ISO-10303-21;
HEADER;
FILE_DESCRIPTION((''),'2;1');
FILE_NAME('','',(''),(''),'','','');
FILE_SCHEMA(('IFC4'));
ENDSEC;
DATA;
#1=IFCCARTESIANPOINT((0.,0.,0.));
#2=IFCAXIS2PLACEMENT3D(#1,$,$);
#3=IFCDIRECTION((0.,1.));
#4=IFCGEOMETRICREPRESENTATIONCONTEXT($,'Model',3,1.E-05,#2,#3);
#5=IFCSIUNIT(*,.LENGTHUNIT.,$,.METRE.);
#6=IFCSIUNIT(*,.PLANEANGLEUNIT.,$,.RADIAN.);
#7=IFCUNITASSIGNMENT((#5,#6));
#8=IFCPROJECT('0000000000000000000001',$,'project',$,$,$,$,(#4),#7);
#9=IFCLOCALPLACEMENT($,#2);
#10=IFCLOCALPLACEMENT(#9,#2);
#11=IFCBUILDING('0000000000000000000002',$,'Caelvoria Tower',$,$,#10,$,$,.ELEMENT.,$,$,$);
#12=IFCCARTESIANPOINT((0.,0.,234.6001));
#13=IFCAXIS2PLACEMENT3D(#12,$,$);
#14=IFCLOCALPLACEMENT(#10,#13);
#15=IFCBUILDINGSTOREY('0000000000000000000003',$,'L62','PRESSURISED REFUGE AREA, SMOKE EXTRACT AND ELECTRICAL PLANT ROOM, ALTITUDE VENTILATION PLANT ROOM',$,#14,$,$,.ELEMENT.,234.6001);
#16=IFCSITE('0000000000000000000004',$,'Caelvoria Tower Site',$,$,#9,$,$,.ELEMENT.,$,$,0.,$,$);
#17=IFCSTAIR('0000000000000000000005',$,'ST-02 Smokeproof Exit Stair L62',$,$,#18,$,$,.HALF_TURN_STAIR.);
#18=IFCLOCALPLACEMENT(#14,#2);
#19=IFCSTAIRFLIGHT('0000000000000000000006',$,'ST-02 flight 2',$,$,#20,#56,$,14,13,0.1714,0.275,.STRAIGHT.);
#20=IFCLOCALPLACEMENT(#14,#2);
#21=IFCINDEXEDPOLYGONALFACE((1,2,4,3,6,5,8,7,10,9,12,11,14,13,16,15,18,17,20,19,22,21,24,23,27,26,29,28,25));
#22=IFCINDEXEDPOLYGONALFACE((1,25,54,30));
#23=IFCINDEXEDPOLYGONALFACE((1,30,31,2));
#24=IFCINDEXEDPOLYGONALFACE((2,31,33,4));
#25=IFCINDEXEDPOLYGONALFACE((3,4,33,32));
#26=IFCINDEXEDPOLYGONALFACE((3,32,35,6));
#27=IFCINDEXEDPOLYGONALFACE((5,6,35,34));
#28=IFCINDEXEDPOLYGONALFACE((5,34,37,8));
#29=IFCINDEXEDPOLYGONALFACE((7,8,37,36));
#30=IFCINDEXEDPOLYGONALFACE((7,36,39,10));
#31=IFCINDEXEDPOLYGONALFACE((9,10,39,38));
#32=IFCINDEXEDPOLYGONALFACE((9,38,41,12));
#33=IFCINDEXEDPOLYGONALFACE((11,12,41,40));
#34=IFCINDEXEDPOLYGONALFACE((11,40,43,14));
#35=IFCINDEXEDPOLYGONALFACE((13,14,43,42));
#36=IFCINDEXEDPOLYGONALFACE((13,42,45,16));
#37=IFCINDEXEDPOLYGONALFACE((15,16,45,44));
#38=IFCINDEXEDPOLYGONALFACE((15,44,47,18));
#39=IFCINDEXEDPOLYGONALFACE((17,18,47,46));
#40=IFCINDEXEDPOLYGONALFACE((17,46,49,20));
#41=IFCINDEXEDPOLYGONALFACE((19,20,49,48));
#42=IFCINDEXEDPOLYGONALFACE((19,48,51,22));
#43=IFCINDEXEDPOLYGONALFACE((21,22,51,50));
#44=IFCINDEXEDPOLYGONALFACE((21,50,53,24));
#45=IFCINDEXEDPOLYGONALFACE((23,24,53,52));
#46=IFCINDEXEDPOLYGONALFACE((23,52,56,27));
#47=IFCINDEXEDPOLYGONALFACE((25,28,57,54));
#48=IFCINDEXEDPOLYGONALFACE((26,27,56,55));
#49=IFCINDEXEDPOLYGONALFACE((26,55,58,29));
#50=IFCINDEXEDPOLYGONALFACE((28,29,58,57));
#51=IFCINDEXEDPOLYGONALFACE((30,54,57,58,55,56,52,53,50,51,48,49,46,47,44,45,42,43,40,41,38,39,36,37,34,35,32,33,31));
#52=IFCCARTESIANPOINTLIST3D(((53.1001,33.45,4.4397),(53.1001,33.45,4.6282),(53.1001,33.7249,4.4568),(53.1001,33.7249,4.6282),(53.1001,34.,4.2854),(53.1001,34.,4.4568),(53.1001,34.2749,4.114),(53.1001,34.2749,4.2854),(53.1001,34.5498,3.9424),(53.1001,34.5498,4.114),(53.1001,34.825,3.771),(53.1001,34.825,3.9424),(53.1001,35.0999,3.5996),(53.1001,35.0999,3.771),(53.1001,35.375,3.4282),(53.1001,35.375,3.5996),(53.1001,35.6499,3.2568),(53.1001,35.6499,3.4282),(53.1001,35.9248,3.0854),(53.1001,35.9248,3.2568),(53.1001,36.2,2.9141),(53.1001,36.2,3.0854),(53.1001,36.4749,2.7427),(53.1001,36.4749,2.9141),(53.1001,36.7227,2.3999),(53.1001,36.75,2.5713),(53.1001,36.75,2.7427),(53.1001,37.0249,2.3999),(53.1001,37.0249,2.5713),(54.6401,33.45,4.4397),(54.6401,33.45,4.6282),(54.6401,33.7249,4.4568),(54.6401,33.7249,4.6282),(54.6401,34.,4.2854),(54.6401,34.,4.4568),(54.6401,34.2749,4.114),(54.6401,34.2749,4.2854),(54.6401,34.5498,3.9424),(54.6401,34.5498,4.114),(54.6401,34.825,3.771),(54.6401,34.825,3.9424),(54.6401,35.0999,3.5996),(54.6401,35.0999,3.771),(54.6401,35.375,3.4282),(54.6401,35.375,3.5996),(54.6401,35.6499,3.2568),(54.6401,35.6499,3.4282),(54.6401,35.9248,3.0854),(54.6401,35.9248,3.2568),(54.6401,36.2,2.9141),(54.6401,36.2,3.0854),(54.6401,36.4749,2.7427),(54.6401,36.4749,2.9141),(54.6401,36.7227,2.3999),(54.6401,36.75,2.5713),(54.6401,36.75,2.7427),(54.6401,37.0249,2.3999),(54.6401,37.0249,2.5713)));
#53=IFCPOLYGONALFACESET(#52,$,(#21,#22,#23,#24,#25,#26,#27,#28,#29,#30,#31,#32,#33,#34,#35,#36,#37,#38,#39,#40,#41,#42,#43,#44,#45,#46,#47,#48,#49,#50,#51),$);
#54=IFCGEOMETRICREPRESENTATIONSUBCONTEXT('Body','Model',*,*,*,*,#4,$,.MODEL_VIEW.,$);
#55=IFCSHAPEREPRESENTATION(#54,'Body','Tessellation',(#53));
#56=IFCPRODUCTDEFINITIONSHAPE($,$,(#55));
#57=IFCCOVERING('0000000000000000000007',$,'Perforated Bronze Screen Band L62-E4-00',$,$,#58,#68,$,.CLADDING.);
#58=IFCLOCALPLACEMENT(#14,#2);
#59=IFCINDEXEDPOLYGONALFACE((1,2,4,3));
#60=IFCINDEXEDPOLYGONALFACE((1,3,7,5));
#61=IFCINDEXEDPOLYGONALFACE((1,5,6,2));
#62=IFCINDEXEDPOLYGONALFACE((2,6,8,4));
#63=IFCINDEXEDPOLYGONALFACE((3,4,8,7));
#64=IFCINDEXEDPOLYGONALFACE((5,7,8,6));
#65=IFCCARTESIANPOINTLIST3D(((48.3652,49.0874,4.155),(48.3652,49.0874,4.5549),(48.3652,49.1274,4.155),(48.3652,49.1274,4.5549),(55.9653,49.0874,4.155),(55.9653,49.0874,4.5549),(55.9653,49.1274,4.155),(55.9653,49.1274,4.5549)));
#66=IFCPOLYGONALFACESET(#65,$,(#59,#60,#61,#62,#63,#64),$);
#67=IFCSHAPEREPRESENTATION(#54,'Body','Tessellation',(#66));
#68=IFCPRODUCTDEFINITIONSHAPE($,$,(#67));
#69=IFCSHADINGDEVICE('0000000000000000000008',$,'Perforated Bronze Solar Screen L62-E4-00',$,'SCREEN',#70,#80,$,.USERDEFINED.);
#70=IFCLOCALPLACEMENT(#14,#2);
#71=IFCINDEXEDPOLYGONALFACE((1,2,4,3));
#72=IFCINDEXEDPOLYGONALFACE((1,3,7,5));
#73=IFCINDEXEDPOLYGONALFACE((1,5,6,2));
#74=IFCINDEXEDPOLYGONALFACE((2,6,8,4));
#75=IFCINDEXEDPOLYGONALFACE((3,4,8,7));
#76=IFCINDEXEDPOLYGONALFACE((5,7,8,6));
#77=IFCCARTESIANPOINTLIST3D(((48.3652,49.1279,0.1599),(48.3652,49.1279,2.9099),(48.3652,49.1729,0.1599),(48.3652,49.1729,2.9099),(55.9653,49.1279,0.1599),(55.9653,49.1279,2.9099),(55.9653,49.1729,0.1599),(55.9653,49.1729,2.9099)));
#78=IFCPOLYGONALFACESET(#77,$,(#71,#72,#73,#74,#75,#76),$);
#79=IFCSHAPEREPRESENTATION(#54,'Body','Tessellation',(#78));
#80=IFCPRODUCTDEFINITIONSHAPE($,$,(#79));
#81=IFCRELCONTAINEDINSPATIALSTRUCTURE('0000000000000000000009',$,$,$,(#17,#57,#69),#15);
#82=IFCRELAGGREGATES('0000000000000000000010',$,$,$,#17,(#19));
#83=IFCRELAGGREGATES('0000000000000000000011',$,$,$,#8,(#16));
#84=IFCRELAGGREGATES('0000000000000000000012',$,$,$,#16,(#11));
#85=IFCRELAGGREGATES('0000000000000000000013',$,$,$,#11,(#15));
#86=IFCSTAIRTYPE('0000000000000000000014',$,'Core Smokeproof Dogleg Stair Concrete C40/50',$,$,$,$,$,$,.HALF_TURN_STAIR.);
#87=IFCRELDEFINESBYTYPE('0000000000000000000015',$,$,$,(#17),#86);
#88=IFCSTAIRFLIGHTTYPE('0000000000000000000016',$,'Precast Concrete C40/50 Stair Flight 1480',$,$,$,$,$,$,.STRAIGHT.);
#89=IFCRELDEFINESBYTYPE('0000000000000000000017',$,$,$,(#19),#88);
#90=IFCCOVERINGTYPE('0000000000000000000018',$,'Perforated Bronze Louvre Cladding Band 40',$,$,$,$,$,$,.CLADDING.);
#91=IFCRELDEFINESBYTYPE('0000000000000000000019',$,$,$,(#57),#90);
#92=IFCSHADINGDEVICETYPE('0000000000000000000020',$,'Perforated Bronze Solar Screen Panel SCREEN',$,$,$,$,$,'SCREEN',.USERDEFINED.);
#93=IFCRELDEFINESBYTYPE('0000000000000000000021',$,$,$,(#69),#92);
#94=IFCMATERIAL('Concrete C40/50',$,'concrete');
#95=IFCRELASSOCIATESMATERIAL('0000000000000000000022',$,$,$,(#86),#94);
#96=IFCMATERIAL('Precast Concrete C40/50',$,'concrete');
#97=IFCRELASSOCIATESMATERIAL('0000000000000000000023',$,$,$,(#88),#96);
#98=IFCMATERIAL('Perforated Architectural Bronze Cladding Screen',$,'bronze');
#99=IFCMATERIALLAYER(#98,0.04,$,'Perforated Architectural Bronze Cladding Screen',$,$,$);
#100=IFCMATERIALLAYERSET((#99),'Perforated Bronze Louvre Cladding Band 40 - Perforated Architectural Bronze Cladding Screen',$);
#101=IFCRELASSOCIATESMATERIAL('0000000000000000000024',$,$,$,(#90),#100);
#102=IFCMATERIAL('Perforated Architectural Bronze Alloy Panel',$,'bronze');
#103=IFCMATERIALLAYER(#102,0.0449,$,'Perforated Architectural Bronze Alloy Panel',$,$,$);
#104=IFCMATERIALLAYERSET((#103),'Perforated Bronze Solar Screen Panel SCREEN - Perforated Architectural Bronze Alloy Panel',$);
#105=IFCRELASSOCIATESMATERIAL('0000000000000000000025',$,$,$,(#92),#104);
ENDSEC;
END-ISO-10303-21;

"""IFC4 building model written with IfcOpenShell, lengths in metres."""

from ifc_helpers import new_model, si_unit, direction, frame, origin, origin_2d, place, context, subcontext, project, spatial, polyline, rectangle, outline, extrude, material, layer, layer_set, type_object, element, aggregate, save


model = new_model("IFC4")

# Units and contexts
model_context = context("Model", 3, precision=1e-05, world=origin(), true_north=direction((0.0, 1.0)))
body_context = subcontext(model_context, "Body", "Model", "MODEL_VIEW")
ifc_project = project(units=[si_unit("LENGTHUNIT", "METRE"), si_unit("PLANEANGLEUNIT", "RADIAN")], contexts=[model_context])

# Site, building, storey
site_placement = place(None, origin())
site = spatial("IfcSite", under=ifc_project, at=site_placement, Name="Caelvoria Tower Site", CompositionType="ELEMENT", RefElevation=0.0)
building_placement = place(site_placement, origin())
building = spatial("IfcBuilding", under=site, at=building_placement, Name="Caelvoria Tower", CompositionType="ELEMENT")
storey_placement = place(building_placement, frame((0.0, 0.0, 234.6001)))
storey = spatial("IfcBuildingStorey", under=building, at=storey_placement, Name="L62", Description="PRESSURISED REFUGE AREA, SMOKE EXTRACT AND ELECTRICAL PLANT ROOM, ALTITUDE VENTILATION PLANT ROOM", CompositionType="ELEMENT", Elevation=234.6001)

# Stair, stair flight
ifc_material_1 = material(Name="Concrete C40/50", Category="concrete")
stair_type = type_object("IfcStairType", Name="Core Smokeproof Dogleg Stair Concrete C40/50", PredefinedType="HALF_TURN_STAIR", material=ifc_material_1)
stair_placement = place(storey_placement, origin())
stair = element("IfcStair", 1, at=stair_placement, inside=storey, type_object=stair_type, Name="ST-02 Smokeproof Exit Stair L62", PredefinedType="HALF_TURN_STAIR")
ifc_material_2 = material(Name="Precast Concrete C40/50", Category="concrete")
stair_flight_type = type_object("IfcStairFlightType", Name="Precast Concrete C40/50 Stair Flight 1480", PredefinedType="STRAIGHT", material=ifc_material_2)
stair_flight_1_placement = place(storey_placement, frame((53.8701, 37.0249, 2.3999), z_axis=(0.0, 0.0, 1.0), x_axis=(0.0, -1.0, 0.0)))
stair_flight_1 = element("IfcStairFlight", 2, at=stair_flight_1_placement, type_object=stair_flight_type, Name="ST-02 flight 2", NumberOfRisers=14, NumberOfTreads=13, PredefinedType="STRAIGHT", RiserHeight=0.1714, TreadLength=0.275, context=body_context, shape_type="SweptSolid", body=[
    extrude(outline(polyline([(0.0, 0.0), (0.0, 0.1714), (0.2749, 0.1714), (0.2749, 0.3428), (0.55, 0.3428), (0.55, 0.5142), (0.825, 0.5142), (0.825, 0.6855), (1.1001, 0.6855), (1.1001, 0.8569), (1.375, 0.8569), (1.375, 1.0283), (1.6499, 1.0283), (1.6499, 1.1997), (1.925, 1.1997), (1.925, 1.3711), (2.2, 1.3711), (2.2, 1.5425), (2.4751, 1.5425), (2.4751, 1.7141), (2.75, 1.7141), (2.75, 1.8855), (3.0249, 1.8855), (3.0249, 2.0569), (3.3, 2.0569), (3.3, 2.2283), (3.575, 2.2283), (3.575, 2.3997), (3.575, 2.0398), (0.3022, 0.0), (0.0, 0.0)])), frame((0.0, 0.77, 0.0), z_axis=(0.0, -1.0, 0.0), x_axis=(1.0, 0.0, 0.0)), (0.0, 0.0, 1.0), 1.54),
])
aggregate(stair, [stair_flight_1])

# Covering
ifc_material_3 = material(Name="Perforated Architectural Bronze Cladding Screen", Category="bronze")
ifc_layer_1 = layer(ifc_material_3, 0.04, Name="Perforated Architectural Bronze Cladding Screen")
ifc_layer_set_1 = layer_set([ifc_layer_1], Name="Perforated Bronze Louvre Cladding Band 40 - Perforated Architectural Bronze Cladding Screen")
covering_type = type_object("IfcCoveringType", Name="Perforated Bronze Louvre Cladding Band 40", PredefinedType="CLADDING", material=ifc_layer_set_1)
covering_placement = place(storey_placement, frame((52.1653, 49.1074, 4.155), z_axis=(0.0, 0.0, 1.0), x_axis=(-1.0, 0.0, 0.0)))
element("IfcCovering", 3, at=covering_placement, inside=storey, type_object=covering_type, Name="Perforated Bronze Screen Band L62-E4-00", PredefinedType="CLADDING", context=body_context, shape_type="SweptSolid", body=[
    extrude(rectangle(XDim=7.6001, YDim=0.04, at=origin_2d()), origin(), (0.0, 0.0, 1.0), 0.3999),
])

# Shading device
ifc_material_4 = material(Name="Perforated Architectural Bronze Alloy Panel", Category="bronze")
ifc_layer_2 = layer(ifc_material_4, 0.0449, Name="Perforated Architectural Bronze Alloy Panel")
ifc_layer_set_2 = layer_set([ifc_layer_2], Name="Perforated Bronze Solar Screen Panel SCREEN - Perforated Architectural Bronze Alloy Panel")
shading_device_type = type_object("IfcShadingDeviceType", Name="Perforated Bronze Solar Screen Panel SCREEN", ElementType="SCREEN", PredefinedType="USERDEFINED", material=ifc_layer_set_2)
shading_device_placement = place(storey_placement, frame((52.1653, 49.1504, 0.1599), z_axis=(0.0, 0.0, 1.0), x_axis=(-1.0, 0.0, 0.0)))
element("IfcShadingDevice", 4, at=shading_device_placement, inside=storey, type_object=shading_device_type, Name="Perforated Bronze Solar Screen L62-E4-00", ObjectType="SCREEN", PredefinedType="USERDEFINED", context=body_context, shape_type="SweptSolid", body=[
    extrude(rectangle(XDim=7.6001, YDim=0.0449, at=origin_2d()), origin(), (0.0, 0.0, 1.0), 2.75),
])

save(model, "model.ifc")
